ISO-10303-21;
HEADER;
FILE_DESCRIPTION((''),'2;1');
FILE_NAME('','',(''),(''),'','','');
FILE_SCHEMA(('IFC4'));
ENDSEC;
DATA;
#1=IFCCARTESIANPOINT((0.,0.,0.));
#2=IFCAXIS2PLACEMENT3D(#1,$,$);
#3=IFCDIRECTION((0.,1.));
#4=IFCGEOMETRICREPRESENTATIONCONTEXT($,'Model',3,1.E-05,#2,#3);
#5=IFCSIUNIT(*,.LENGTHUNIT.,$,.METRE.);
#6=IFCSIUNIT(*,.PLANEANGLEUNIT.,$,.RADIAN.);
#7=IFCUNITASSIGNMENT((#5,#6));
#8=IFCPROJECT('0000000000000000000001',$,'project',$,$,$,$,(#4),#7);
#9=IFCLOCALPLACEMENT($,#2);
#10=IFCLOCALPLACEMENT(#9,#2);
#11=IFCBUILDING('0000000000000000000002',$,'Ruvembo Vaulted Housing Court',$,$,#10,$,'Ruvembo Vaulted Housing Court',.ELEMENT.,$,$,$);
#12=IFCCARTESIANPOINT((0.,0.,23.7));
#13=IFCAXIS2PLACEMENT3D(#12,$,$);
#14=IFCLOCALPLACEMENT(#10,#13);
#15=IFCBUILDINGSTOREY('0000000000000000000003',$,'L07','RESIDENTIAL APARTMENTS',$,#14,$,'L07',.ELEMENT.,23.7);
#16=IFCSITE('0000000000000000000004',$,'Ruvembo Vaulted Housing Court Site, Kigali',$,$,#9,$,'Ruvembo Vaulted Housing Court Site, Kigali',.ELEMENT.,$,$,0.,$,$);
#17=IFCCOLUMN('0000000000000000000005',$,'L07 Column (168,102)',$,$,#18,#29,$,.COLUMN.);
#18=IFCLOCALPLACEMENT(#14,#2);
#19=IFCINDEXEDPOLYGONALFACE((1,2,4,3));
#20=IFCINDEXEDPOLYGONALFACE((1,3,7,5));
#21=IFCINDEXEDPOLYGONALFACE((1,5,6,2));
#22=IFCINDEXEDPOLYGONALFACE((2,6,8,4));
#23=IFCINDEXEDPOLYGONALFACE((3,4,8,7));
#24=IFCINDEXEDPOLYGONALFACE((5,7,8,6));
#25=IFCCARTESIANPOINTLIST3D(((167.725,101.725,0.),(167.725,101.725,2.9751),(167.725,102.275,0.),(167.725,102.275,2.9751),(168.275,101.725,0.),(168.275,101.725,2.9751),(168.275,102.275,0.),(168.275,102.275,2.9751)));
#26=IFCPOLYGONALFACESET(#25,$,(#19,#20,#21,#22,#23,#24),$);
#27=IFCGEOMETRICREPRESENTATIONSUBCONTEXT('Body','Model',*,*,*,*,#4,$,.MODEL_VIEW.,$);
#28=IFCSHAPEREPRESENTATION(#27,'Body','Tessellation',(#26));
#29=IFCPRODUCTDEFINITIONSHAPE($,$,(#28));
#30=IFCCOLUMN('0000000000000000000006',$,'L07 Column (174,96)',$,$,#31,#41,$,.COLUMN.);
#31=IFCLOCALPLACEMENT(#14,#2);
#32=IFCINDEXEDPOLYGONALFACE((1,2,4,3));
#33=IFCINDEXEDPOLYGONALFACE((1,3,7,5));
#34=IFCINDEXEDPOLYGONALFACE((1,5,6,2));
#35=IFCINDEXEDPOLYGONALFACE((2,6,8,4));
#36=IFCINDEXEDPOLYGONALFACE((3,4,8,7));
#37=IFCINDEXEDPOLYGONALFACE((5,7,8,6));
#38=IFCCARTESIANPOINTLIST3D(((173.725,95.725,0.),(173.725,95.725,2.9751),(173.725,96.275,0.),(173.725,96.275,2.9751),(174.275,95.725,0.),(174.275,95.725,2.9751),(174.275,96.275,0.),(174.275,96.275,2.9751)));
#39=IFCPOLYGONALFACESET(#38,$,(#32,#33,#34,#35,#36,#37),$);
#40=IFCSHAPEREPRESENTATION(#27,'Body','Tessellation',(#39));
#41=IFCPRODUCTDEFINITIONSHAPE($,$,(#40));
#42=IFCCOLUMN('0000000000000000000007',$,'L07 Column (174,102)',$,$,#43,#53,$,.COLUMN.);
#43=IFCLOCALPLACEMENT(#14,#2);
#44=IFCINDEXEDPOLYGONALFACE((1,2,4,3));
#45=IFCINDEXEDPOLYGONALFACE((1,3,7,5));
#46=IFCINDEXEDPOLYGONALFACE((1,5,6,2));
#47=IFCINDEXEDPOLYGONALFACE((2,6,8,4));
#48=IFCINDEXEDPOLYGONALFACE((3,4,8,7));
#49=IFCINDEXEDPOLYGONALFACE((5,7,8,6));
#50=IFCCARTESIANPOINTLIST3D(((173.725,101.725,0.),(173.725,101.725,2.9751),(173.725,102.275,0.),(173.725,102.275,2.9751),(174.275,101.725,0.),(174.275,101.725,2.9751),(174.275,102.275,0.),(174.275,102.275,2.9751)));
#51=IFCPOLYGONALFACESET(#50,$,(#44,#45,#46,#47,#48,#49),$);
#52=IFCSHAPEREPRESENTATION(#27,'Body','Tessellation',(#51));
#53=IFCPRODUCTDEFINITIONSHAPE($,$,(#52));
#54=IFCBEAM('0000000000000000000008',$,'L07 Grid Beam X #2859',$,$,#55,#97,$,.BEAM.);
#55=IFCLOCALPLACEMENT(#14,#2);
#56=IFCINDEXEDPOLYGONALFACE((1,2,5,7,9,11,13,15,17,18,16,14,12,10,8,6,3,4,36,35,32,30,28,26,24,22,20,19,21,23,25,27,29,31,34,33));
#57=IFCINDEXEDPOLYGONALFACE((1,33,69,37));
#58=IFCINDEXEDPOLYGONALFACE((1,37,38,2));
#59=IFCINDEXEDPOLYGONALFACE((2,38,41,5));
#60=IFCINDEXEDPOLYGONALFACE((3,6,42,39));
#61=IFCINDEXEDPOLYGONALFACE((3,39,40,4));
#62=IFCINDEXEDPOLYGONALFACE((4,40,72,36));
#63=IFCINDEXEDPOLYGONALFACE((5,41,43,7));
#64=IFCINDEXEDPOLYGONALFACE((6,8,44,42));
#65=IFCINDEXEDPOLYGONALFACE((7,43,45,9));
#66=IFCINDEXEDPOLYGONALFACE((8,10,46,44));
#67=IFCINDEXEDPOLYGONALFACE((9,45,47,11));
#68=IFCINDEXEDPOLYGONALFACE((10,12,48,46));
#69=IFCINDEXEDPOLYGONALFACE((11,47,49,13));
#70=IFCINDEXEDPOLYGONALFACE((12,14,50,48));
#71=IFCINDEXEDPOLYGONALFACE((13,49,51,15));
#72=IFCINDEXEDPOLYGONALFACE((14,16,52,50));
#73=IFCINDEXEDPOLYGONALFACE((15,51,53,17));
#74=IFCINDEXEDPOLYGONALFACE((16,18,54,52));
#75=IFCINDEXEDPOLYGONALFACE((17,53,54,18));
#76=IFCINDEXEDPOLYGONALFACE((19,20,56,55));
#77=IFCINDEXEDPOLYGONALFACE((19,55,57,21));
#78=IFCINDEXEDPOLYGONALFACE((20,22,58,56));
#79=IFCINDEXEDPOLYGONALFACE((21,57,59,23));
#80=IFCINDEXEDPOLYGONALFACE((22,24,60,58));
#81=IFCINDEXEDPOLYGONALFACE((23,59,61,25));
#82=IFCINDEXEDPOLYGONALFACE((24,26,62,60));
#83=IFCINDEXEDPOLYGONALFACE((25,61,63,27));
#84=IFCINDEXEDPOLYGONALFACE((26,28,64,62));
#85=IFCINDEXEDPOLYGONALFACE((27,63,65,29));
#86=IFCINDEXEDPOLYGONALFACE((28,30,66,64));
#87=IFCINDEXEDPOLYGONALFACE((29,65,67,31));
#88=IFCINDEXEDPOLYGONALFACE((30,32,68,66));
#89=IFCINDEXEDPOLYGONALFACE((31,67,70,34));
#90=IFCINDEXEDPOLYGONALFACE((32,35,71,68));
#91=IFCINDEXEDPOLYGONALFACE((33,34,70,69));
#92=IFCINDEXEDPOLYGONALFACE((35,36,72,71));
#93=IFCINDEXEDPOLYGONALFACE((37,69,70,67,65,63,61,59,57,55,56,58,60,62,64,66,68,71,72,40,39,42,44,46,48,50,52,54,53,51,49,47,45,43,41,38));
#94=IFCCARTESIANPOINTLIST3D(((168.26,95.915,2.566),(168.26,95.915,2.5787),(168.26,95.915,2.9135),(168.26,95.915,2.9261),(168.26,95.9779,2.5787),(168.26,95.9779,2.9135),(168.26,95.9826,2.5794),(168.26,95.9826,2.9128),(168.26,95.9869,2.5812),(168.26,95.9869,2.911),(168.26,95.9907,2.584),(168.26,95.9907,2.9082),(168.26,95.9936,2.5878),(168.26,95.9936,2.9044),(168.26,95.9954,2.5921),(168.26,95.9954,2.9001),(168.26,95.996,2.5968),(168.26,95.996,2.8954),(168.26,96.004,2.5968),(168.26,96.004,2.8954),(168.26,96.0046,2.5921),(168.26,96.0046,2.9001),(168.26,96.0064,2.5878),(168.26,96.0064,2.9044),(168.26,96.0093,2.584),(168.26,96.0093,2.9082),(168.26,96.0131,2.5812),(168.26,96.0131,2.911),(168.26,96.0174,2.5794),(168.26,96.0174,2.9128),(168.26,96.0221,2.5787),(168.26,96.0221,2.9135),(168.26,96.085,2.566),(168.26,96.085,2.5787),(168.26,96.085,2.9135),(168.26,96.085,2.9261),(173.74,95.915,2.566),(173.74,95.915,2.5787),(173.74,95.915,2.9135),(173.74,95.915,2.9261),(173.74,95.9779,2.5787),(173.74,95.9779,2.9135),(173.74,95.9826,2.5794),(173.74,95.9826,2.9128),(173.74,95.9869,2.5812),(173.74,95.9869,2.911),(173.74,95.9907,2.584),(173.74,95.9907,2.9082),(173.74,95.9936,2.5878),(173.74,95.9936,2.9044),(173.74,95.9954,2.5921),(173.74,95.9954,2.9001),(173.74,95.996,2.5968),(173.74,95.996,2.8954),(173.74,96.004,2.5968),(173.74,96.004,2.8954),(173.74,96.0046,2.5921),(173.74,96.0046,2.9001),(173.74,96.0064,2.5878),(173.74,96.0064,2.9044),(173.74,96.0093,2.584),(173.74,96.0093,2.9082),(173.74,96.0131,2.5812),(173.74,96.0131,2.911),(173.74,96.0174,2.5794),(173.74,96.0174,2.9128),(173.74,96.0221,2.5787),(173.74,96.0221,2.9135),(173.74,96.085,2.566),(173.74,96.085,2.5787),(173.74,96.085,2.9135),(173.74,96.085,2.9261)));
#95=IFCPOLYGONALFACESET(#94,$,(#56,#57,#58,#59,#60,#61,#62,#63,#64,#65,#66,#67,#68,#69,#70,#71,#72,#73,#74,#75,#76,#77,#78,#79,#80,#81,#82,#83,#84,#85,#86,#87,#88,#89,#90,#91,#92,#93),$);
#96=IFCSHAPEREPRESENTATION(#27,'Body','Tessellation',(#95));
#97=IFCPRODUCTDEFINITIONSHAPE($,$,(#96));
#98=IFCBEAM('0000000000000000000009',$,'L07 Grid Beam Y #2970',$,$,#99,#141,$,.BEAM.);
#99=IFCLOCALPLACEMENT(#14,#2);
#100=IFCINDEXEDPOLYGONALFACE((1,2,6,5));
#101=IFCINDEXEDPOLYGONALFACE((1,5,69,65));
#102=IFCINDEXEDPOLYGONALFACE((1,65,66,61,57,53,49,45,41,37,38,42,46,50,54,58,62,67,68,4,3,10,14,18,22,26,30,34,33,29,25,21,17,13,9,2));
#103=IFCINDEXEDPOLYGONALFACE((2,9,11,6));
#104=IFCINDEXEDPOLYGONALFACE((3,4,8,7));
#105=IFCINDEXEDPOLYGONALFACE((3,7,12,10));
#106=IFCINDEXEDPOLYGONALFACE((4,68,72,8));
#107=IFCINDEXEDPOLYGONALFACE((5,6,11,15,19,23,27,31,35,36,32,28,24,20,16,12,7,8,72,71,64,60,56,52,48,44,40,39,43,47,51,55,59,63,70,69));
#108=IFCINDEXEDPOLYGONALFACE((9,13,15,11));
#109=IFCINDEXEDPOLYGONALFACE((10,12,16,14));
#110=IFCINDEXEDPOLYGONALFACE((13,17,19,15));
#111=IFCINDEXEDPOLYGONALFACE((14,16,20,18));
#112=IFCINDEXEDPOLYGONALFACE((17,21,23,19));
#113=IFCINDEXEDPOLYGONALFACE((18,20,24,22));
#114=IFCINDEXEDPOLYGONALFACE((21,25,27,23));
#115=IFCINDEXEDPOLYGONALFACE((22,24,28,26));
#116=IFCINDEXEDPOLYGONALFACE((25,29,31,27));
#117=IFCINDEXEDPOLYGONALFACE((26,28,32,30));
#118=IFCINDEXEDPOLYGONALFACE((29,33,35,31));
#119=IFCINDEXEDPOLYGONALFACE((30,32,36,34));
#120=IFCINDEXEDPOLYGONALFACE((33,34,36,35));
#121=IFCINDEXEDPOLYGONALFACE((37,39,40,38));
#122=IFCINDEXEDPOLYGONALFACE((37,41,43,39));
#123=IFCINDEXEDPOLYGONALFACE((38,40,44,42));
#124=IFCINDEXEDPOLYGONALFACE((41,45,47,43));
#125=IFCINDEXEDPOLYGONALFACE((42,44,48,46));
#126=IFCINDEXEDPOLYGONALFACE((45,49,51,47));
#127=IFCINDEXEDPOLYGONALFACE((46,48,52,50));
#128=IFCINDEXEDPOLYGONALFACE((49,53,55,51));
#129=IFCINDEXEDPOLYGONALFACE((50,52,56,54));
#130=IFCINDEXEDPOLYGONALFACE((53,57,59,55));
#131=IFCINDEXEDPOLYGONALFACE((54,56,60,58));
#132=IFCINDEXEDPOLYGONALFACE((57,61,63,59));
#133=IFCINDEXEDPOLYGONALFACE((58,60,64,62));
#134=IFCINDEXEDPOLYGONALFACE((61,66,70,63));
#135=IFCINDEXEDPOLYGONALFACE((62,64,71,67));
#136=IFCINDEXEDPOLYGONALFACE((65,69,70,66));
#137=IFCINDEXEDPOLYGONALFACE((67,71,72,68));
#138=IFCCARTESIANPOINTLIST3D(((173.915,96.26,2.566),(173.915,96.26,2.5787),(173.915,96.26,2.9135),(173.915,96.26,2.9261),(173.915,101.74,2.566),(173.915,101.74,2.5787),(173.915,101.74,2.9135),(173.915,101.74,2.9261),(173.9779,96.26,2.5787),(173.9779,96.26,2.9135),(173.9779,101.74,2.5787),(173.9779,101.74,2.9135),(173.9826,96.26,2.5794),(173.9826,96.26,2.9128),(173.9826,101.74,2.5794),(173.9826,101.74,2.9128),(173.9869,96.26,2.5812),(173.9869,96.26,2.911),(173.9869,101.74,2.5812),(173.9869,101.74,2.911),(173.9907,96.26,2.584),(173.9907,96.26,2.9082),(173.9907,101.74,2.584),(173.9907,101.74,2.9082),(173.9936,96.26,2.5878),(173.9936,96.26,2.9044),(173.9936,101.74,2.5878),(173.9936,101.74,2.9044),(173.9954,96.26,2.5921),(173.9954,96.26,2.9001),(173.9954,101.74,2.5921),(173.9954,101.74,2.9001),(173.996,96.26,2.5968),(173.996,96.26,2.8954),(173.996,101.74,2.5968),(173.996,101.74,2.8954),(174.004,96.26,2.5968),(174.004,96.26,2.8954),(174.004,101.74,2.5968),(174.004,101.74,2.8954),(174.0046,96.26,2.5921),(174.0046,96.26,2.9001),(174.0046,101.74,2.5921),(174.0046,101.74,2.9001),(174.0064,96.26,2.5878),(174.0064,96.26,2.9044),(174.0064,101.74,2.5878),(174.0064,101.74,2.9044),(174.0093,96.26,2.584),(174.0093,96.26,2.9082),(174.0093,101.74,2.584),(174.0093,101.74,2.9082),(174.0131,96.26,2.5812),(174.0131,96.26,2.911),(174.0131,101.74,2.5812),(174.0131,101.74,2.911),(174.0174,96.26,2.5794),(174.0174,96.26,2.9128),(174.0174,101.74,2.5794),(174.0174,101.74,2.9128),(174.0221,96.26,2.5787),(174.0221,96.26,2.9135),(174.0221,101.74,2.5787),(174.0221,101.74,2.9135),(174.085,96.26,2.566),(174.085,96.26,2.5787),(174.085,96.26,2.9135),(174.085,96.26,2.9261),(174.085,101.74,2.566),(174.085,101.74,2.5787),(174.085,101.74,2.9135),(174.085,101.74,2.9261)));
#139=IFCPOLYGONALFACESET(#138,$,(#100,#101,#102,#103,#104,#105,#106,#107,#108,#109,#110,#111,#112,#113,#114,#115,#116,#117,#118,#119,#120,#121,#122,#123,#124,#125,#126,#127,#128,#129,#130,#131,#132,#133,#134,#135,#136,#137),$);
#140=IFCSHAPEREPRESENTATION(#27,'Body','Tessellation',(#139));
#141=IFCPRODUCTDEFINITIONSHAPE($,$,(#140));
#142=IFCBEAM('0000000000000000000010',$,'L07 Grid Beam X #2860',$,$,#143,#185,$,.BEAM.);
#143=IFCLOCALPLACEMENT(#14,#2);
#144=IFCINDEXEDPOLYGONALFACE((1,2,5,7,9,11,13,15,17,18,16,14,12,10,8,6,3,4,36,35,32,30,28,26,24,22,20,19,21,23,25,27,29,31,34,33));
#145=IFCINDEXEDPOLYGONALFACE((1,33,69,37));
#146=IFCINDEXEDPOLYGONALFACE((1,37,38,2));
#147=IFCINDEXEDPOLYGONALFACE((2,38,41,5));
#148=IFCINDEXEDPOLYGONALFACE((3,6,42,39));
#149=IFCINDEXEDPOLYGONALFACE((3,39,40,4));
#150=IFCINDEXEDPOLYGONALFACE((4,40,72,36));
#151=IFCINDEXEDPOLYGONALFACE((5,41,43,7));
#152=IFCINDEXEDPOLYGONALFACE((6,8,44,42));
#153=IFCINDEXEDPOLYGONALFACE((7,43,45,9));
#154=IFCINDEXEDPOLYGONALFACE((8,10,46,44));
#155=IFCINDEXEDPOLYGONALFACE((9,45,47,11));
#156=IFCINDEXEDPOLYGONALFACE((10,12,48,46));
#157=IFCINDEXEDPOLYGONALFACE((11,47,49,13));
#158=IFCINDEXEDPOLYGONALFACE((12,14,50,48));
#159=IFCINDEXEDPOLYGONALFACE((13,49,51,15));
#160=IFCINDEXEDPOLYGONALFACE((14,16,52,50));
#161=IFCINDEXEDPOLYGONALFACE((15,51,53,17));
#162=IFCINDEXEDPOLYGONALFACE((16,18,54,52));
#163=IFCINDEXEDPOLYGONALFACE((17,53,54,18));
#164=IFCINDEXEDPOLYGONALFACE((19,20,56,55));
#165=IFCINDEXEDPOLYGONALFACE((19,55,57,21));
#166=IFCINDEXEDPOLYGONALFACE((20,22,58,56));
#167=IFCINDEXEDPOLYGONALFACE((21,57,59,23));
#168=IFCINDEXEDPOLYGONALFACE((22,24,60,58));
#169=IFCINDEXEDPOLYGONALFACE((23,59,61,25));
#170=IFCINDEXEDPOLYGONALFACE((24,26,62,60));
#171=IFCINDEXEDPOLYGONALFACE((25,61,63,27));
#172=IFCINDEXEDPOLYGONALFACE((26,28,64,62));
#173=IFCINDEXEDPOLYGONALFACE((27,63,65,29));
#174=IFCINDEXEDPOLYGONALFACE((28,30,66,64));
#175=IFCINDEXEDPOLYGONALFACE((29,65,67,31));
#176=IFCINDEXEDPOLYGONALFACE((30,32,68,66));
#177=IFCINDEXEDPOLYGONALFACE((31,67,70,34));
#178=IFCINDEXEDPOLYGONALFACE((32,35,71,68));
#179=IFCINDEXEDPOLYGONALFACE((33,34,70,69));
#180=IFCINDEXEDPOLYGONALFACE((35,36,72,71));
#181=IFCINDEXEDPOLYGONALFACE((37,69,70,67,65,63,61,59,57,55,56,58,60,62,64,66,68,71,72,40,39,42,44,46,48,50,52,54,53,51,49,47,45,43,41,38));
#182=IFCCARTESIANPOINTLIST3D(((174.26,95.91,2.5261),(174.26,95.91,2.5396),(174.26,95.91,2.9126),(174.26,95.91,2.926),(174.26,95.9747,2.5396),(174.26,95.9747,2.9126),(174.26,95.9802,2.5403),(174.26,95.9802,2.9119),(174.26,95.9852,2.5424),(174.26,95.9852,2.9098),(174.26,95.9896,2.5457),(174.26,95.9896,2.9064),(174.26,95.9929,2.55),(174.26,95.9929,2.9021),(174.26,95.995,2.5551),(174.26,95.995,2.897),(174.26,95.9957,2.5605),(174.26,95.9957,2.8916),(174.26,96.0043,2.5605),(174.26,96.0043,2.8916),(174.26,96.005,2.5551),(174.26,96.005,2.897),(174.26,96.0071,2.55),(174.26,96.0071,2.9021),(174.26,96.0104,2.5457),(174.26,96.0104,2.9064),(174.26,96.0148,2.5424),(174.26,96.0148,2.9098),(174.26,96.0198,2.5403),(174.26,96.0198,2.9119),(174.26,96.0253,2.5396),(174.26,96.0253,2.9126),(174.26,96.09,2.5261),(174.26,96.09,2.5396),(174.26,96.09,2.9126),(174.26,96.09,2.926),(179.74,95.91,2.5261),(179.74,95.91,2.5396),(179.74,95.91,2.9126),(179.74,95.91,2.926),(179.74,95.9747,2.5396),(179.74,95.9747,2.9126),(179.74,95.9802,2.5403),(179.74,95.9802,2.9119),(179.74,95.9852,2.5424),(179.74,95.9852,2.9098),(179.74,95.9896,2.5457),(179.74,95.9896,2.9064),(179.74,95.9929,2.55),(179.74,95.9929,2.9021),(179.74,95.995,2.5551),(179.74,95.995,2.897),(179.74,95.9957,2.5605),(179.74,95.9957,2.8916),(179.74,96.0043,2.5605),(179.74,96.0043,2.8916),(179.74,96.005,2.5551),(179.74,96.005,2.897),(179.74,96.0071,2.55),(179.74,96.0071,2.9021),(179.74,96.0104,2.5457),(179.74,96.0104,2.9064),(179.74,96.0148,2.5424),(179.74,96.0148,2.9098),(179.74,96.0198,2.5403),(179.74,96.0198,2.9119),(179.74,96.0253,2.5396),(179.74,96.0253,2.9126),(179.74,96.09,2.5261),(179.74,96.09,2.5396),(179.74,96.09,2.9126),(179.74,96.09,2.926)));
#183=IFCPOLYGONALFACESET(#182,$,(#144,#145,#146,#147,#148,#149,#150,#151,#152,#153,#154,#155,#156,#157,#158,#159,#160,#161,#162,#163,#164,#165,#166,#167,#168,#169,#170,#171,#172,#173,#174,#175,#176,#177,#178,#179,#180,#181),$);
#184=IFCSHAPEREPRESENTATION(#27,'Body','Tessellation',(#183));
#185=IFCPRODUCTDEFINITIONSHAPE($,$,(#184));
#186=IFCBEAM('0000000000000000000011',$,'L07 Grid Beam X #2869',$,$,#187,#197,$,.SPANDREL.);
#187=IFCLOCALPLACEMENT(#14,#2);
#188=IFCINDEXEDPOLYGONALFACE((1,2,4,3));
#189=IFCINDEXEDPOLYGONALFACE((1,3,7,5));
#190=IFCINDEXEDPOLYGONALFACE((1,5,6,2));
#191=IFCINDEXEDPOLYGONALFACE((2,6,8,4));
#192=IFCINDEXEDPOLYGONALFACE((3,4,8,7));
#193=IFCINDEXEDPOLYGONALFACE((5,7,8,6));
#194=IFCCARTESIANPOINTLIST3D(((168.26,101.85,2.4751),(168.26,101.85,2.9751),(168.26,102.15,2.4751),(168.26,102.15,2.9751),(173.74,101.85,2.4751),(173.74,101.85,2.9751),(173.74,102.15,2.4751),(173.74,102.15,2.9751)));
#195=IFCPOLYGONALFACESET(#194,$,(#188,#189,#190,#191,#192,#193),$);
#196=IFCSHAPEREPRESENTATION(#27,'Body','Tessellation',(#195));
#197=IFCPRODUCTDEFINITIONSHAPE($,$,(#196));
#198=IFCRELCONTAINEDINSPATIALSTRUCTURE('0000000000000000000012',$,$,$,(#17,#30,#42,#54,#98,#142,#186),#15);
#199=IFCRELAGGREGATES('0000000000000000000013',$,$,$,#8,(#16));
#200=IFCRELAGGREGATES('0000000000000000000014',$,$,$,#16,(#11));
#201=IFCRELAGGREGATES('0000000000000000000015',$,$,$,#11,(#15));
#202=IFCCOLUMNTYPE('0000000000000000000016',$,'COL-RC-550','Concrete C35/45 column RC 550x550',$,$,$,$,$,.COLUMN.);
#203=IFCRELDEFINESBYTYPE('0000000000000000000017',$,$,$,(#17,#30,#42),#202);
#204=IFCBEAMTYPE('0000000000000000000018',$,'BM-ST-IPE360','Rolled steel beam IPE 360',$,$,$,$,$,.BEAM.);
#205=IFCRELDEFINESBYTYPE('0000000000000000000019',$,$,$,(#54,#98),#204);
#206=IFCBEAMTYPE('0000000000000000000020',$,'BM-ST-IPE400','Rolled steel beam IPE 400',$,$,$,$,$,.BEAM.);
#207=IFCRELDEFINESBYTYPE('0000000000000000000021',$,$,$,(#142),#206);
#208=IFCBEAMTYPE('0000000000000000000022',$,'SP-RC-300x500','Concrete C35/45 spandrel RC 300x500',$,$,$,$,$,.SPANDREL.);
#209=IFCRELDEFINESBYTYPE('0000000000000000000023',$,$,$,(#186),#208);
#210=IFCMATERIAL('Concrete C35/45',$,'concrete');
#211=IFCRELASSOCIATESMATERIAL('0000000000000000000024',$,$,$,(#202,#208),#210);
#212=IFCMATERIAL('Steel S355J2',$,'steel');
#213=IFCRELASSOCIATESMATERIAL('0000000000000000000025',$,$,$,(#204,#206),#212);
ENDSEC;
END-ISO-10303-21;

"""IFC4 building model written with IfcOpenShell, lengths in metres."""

from ifc_helpers import new_model, si_unit, direction, frame, origin, origin_2d, place, context, subcontext, project, spatial, rectangle, i_section, extrude, material, material_profile, profile_set, type_object, element, save


model = new_model("IFC4")

# Units and contexts
model_context = context("Model", 3, precision=1e-05, world=origin(), true_north=direction((0.0, 1.0)))
body_context = subcontext(model_context, "Body", "Model", "MODEL_VIEW")
ifc_project = project(units=[si_unit("LENGTHUNIT", "METRE"), si_unit("PLANEANGLEUNIT", "RADIAN")], contexts=[model_context])

# Site, building, storey
site_placement = place(None, origin())
site = spatial("IfcSite", under=ifc_project, at=site_placement, Name="Ruvembo Vaulted Housing Court Site, Kigali", LongName="Ruvembo Vaulted Housing Court Site, Kigali", CompositionType="ELEMENT", RefElevation=0.0)
building_placement = place(site_placement, origin())
building = spatial("IfcBuilding", under=site, at=building_placement, Name="Ruvembo Vaulted Housing Court", LongName="Ruvembo Vaulted Housing Court", CompositionType="ELEMENT")
storey_placement = place(building_placement, frame((0.0, 0.0, 23.7)))
storey = spatial("IfcBuildingStorey", under=building, at=storey_placement, Name="L07", Description="RESIDENTIAL APARTMENTS", LongName="L07", CompositionType="ELEMENT", Elevation=23.7)

# Columns
ifc_material_1 = material(Name="Concrete C35/45", Category="concrete")
ifc_material_profile_1 = material_profile(ifc_material_1, rectangle(XDim=0.55, YDim=0.55, at=origin_2d()), Name="RC 550x550")
ifc_profile_set_1 = profile_set([ifc_material_profile_1], Name="Concrete C35/45")
column_type = type_object("IfcColumnType", Name="COL-RC-550", Description="Concrete C35/45 column RC 550x550", PredefinedType="COLUMN", material=ifc_profile_set_1)
for number, where, z_axis, x_axis, name in (
    (1, (168.0, 102.0, 0.0), (0.0, 0.0, 1.0), (1.0, 0.0, 0.0), "L07 Column (168,102)"),
    (2, (174.0, 96.0, 0.0), (0.0, 0.0, 1.0), (1.0, 0.0, 0.0), "L07 Column (174,96)"),
    (3, (174.0, 102.0, 0.0), (0.0, 0.0, 1.0), (1.0, 0.0, 0.0), "L07 Column (174,102)"),
):
    element("IfcColumn", number, at=place(storey_placement, frame(where, z_axis=z_axis, x_axis=x_axis)), inside=storey, type_object=column_type, Name=name, PredefinedType="COLUMN", context=body_context, shape_type="SweptSolid", body=[
        extrude(rectangle(XDim=0.55, YDim=0.55, at=origin_2d()), origin(), (0.0, 0.0, 1.0), 2.9751),
    ])

# Beams
ifc_material_2 = material(Name="Steel S355J2", Category="steel")
ifc_material_profile_2 = material_profile(ifc_material_2, i_section(OverallWidth=0.1699, OverallDepth=0.3601, WebThickness=0.0081, FlangeThickness=0.0127, FilletRadius=0.0181, at=origin_2d()), Name="IPE 360")
ifc_profile_set_2 = profile_set([ifc_material_profile_2], Name="Steel S355J2")
beam_type_1 = type_object("IfcBeamType", Name="BM-ST-IPE360", Description="Rolled steel beam IPE 360", PredefinedType="BEAM", material=ifc_profile_set_2)
for number, where, z_axis, x_axis, name in (
    (4, (168.26, 96.0, 2.7461), (1.0, 0.0, 0.0), (0.0, 1.0, 0.0), "L07 Grid Beam X #2859"),
    (5, (174.0, 96.26, 2.7461), (0.0, 1.0, 0.0), (-1.0, 0.0, 0.0), "L07 Grid Beam Y #2970"),
):
    element("IfcBeam", number, at=place(storey_placement, frame(where, z_axis=z_axis, x_axis=x_axis)), inside=storey, type_object=beam_type_1, Name=name, PredefinedType="BEAM", context=body_context, shape_type="SweptSolid", body=[
        extrude(i_section(OverallWidth=0.1699, OverallDepth=0.3601, WebThickness=0.0081, FlangeThickness=0.0127, FilletRadius=0.0181, at=origin_2d()), origin(), (0.0, 0.0, 1.0), 5.48),
    ])
ifc_material_profile_3 = material_profile(ifc_material_2, i_section(OverallWidth=0.1799, OverallDepth=0.3999, WebThickness=0.0085, FlangeThickness=0.0134, FilletRadius=0.021, at=origin_2d()), Name="IPE 400")
ifc_profile_set_3 = profile_set([ifc_material_profile_3], Name="Steel S355J2")
beam_type_2 = type_object("IfcBeamType", Name="BM-ST-IPE400", Description="Rolled steel beam IPE 400", PredefinedType="BEAM", material=ifc_profile_set_3)
beam_placement = place(storey_placement, frame((174.26, 96.0, 2.7261), z_axis=(1.0, 0.0, 0.0), x_axis=(0.0, 1.0, 0.0)))
element("IfcBeam", 6, at=beam_placement, inside=storey, type_object=beam_type_2, Name="L07 Grid Beam X #2860", PredefinedType="BEAM", context=body_context, shape_type="SweptSolid", body=[
    extrude(i_section(OverallWidth=0.1799, OverallDepth=0.3999, WebThickness=0.0085, FlangeThickness=0.0134, FilletRadius=0.021, at=origin_2d()), origin(), (0.0, 0.0, 1.0), 5.48),
])
ifc_material_profile_4 = material_profile(ifc_material_1, rectangle(XDim=0.3, YDim=0.5, at=origin_2d()), Name="RC 300x500")
ifc_profile_set_4 = profile_set([ifc_material_profile_4], Name="Concrete C35/45")
beam_type_3 = type_object("IfcBeamType", Name="SP-RC-300x500", Description="Concrete C35/45 spandrel RC 300x500", PredefinedType="SPANDREL", material=ifc_profile_set_4)
for number, where, z_axis, x_axis, name in (
    (7, (168.26, 102.0, 2.7251), (1.0, 0.0, 0.0), (0.0, 1.0, 0.0), "L07 Grid Beam X #2869"),
):
    element("IfcBeam", number, at=place(storey_placement, frame(where, z_axis=z_axis, x_axis=x_axis)), inside=storey, type_object=beam_type_3, Name=name, PredefinedType="SPANDREL", context=body_context, shape_type="SweptSolid", body=[
        extrude(rectangle(XDim=0.3, YDim=0.5, at=origin_2d()), origin(), (0.0, 0.0, 1.0), 5.48),
    ])

save(model, "model.ifc")
